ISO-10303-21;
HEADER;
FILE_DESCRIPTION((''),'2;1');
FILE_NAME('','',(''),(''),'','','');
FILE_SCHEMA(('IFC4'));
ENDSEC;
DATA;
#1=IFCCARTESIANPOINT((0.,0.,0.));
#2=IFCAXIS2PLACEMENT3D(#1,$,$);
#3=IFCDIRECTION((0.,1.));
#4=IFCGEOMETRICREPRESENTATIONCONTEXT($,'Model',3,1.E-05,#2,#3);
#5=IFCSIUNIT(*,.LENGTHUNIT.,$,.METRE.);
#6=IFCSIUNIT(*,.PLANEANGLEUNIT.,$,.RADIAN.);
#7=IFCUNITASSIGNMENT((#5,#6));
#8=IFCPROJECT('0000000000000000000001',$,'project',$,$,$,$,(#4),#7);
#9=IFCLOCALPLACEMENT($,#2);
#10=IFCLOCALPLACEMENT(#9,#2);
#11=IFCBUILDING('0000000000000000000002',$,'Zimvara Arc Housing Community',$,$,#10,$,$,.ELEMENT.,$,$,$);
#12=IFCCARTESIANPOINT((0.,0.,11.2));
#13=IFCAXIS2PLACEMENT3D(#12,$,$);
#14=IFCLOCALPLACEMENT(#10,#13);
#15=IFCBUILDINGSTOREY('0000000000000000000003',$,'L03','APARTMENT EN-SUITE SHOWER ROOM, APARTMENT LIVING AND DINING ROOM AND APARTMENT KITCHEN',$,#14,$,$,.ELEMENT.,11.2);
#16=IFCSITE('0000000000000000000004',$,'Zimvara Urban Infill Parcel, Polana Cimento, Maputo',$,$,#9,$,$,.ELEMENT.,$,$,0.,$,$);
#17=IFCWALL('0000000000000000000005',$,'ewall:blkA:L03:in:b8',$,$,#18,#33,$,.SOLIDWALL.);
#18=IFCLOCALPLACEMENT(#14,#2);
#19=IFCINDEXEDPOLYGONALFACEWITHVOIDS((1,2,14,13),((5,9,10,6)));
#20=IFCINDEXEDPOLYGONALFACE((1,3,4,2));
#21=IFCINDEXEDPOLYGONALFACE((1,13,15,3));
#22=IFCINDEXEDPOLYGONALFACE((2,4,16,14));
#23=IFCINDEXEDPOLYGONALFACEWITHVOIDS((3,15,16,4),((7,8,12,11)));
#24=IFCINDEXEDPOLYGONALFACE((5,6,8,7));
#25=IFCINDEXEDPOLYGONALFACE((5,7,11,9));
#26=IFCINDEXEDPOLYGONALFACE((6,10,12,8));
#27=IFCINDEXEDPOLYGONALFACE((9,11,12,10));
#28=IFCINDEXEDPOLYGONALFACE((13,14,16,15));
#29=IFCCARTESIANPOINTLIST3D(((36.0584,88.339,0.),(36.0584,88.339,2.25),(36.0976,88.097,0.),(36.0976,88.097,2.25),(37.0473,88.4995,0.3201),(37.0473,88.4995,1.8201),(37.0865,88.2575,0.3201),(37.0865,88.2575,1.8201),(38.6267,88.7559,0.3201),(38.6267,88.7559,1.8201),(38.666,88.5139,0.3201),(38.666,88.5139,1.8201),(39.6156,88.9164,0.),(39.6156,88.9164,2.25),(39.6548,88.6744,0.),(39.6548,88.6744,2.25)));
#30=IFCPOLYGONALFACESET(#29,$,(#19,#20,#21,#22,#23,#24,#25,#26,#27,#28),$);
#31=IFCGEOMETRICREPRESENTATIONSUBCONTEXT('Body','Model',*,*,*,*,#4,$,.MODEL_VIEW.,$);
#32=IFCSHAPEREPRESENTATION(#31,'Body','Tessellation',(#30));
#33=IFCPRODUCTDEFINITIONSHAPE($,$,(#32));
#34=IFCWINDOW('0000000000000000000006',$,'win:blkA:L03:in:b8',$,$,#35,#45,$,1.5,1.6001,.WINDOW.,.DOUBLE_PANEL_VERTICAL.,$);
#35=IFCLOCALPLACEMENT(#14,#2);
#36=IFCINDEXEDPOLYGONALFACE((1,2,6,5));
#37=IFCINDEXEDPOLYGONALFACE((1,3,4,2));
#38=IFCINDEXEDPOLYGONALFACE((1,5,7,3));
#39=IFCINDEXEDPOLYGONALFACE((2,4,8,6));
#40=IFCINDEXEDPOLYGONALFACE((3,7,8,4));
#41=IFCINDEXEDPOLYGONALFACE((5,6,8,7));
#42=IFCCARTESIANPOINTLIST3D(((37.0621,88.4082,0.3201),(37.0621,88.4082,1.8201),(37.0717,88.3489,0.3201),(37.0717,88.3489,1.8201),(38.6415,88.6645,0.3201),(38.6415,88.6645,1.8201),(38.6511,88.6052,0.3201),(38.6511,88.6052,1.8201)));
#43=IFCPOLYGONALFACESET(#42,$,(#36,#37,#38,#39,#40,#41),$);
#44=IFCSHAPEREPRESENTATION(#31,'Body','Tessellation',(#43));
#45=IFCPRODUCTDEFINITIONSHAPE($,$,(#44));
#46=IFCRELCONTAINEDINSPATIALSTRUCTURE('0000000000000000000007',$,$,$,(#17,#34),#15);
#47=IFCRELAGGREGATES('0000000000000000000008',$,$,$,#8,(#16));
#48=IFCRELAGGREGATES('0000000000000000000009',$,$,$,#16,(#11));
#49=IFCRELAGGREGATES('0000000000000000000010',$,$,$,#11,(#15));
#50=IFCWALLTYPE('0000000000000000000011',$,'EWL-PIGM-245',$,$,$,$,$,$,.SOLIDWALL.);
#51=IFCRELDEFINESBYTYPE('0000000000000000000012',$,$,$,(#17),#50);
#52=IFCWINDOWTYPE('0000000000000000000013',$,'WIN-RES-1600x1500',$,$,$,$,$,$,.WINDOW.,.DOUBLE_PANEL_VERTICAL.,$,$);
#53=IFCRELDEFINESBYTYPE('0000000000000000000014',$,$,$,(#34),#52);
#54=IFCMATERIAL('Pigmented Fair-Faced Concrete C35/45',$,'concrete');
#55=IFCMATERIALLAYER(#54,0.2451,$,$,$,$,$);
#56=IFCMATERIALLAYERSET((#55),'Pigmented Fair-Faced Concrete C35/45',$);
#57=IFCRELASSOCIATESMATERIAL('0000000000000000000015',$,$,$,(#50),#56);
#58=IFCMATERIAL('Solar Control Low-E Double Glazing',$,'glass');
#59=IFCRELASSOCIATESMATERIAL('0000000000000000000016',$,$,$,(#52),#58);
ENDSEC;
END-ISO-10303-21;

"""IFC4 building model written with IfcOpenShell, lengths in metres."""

from ifc_helpers import new_model, si_unit, direction, frame, frame_2d, origin, place, context, subcontext, project, spatial, rectangle, extrude, material, layer, layer_set, type_object, element, fill, save


model = new_model("IFC4")

# Units and contexts
model_context = context("Model", 3, precision=1e-05, world=origin(), true_north=direction((0.0, 1.0)))
body_context = subcontext(model_context, "Body", "Model", "MODEL_VIEW")
ifc_project = project(units=[si_unit("LENGTHUNIT", "METRE"), si_unit("PLANEANGLEUNIT", "RADIAN")], contexts=[model_context])

# Site, building, storey
site_placement = place(None, origin())
site = spatial("IfcSite", under=ifc_project, at=site_placement, Name="Zimvara Urban Infill Parcel, Polana Cimento, Maputo", CompositionType="ELEMENT", RefElevation=0.0)
building_placement = place(site_placement, origin())
building = spatial("IfcBuilding", under=site, at=building_placement, Name="Zimvara Arc Housing Community", CompositionType="ELEMENT")
storey_placement = place(building_placement, frame((0.0, 0.0, 11.2)))
storey = spatial("IfcBuildingStorey", under=building, at=storey_placement, Name="L03", Description="APARTMENT EN-SUITE SHOWER ROOM, APARTMENT LIVING AND DINING ROOM AND APARTMENT KITCHEN", CompositionType="ELEMENT", Elevation=11.2)

# Wall, opening, window
ifc_material_1 = material(Name="Pigmented Fair-Faced Concrete C35/45", Category="concrete")
ifc_layer_1 = layer(ifc_material_1, 0.2451)
ifc_layer_set_1 = layer_set([ifc_layer_1], Name="Pigmented Fair-Faced Concrete C35/45")
wall_type = type_object("IfcWallType", Name="EWL-PIGM-245", PredefinedType="SOLIDWALL", material=ifc_layer_set_1)
wall_placement = place(storey_placement, frame((36.0781, 88.218, 0.0), z_axis=(0.0, 0.0, 1.0), x_axis=(0.987081, 0.160223, 0.0)))
wall = element("IfcWall", 1, at=wall_placement, inside=storey, type_object=wall_type, Name="ewall:blkA:L03:in:b8", PredefinedType="SOLIDWALL", context=body_context, shape_type="SweptSolid", body=[
    extrude(rectangle(XDim=3.6038, YDim=0.2451, at=frame_2d((1.8018, 0.0))), origin(), (0.0, 0.0, 1.0), 2.25),
])
opening_placement = place(wall_placement, frame((1.0017, 0.0, 0.3201)))
opening = element("IfcOpeningElement", 2, at=opening_placement, cuts=wall, PredefinedType="OPENING", context=body_context, shape_type="SweptSolid", body=[
    extrude(rectangle(XDim=1.6001, YDim=1.5, at=frame_2d((0.8, 0.75))), frame((0.0, 0.1326, 0.0), z_axis=(0.0, -1.0, 0.0), x_axis=(1.0, 0.0, 0.0)), (0.0, 0.0, 1.0), 0.2651),
])
ifc_material_2 = material(Name="Solar Control Low-E Double Glazing", Category="glass")
window_type = type_object("IfcWindowType", Name="WIN-RES-1600x1500", PartitioningType="DOUBLE_PANEL_VERTICAL", PredefinedType="WINDOW", material=ifc_material_2)
window_placement = place(opening_placement, origin())
window = element("IfcWindow", 3, at=window_placement, inside=storey, type_object=window_type, Name="win:blkA:L03:in:b8", OverallHeight=1.5, OverallWidth=1.6001, PartitioningType="DOUBLE_PANEL_VERTICAL", PredefinedType="WINDOW", context=body_context, shape_type="SweptSolid", body=[
    extrude(rectangle(XDim=1.6001, YDim=1.5, at=frame_2d((0.8, 0.75))), frame((0.0, 0.03, 0.0), z_axis=(0.0, -1.0, 0.0), x_axis=(1.0, 0.0, 0.0)), (0.0, 0.0, 1.0), 0.0601),
])
fill(opening, window)

save(model, "model.ifc")
